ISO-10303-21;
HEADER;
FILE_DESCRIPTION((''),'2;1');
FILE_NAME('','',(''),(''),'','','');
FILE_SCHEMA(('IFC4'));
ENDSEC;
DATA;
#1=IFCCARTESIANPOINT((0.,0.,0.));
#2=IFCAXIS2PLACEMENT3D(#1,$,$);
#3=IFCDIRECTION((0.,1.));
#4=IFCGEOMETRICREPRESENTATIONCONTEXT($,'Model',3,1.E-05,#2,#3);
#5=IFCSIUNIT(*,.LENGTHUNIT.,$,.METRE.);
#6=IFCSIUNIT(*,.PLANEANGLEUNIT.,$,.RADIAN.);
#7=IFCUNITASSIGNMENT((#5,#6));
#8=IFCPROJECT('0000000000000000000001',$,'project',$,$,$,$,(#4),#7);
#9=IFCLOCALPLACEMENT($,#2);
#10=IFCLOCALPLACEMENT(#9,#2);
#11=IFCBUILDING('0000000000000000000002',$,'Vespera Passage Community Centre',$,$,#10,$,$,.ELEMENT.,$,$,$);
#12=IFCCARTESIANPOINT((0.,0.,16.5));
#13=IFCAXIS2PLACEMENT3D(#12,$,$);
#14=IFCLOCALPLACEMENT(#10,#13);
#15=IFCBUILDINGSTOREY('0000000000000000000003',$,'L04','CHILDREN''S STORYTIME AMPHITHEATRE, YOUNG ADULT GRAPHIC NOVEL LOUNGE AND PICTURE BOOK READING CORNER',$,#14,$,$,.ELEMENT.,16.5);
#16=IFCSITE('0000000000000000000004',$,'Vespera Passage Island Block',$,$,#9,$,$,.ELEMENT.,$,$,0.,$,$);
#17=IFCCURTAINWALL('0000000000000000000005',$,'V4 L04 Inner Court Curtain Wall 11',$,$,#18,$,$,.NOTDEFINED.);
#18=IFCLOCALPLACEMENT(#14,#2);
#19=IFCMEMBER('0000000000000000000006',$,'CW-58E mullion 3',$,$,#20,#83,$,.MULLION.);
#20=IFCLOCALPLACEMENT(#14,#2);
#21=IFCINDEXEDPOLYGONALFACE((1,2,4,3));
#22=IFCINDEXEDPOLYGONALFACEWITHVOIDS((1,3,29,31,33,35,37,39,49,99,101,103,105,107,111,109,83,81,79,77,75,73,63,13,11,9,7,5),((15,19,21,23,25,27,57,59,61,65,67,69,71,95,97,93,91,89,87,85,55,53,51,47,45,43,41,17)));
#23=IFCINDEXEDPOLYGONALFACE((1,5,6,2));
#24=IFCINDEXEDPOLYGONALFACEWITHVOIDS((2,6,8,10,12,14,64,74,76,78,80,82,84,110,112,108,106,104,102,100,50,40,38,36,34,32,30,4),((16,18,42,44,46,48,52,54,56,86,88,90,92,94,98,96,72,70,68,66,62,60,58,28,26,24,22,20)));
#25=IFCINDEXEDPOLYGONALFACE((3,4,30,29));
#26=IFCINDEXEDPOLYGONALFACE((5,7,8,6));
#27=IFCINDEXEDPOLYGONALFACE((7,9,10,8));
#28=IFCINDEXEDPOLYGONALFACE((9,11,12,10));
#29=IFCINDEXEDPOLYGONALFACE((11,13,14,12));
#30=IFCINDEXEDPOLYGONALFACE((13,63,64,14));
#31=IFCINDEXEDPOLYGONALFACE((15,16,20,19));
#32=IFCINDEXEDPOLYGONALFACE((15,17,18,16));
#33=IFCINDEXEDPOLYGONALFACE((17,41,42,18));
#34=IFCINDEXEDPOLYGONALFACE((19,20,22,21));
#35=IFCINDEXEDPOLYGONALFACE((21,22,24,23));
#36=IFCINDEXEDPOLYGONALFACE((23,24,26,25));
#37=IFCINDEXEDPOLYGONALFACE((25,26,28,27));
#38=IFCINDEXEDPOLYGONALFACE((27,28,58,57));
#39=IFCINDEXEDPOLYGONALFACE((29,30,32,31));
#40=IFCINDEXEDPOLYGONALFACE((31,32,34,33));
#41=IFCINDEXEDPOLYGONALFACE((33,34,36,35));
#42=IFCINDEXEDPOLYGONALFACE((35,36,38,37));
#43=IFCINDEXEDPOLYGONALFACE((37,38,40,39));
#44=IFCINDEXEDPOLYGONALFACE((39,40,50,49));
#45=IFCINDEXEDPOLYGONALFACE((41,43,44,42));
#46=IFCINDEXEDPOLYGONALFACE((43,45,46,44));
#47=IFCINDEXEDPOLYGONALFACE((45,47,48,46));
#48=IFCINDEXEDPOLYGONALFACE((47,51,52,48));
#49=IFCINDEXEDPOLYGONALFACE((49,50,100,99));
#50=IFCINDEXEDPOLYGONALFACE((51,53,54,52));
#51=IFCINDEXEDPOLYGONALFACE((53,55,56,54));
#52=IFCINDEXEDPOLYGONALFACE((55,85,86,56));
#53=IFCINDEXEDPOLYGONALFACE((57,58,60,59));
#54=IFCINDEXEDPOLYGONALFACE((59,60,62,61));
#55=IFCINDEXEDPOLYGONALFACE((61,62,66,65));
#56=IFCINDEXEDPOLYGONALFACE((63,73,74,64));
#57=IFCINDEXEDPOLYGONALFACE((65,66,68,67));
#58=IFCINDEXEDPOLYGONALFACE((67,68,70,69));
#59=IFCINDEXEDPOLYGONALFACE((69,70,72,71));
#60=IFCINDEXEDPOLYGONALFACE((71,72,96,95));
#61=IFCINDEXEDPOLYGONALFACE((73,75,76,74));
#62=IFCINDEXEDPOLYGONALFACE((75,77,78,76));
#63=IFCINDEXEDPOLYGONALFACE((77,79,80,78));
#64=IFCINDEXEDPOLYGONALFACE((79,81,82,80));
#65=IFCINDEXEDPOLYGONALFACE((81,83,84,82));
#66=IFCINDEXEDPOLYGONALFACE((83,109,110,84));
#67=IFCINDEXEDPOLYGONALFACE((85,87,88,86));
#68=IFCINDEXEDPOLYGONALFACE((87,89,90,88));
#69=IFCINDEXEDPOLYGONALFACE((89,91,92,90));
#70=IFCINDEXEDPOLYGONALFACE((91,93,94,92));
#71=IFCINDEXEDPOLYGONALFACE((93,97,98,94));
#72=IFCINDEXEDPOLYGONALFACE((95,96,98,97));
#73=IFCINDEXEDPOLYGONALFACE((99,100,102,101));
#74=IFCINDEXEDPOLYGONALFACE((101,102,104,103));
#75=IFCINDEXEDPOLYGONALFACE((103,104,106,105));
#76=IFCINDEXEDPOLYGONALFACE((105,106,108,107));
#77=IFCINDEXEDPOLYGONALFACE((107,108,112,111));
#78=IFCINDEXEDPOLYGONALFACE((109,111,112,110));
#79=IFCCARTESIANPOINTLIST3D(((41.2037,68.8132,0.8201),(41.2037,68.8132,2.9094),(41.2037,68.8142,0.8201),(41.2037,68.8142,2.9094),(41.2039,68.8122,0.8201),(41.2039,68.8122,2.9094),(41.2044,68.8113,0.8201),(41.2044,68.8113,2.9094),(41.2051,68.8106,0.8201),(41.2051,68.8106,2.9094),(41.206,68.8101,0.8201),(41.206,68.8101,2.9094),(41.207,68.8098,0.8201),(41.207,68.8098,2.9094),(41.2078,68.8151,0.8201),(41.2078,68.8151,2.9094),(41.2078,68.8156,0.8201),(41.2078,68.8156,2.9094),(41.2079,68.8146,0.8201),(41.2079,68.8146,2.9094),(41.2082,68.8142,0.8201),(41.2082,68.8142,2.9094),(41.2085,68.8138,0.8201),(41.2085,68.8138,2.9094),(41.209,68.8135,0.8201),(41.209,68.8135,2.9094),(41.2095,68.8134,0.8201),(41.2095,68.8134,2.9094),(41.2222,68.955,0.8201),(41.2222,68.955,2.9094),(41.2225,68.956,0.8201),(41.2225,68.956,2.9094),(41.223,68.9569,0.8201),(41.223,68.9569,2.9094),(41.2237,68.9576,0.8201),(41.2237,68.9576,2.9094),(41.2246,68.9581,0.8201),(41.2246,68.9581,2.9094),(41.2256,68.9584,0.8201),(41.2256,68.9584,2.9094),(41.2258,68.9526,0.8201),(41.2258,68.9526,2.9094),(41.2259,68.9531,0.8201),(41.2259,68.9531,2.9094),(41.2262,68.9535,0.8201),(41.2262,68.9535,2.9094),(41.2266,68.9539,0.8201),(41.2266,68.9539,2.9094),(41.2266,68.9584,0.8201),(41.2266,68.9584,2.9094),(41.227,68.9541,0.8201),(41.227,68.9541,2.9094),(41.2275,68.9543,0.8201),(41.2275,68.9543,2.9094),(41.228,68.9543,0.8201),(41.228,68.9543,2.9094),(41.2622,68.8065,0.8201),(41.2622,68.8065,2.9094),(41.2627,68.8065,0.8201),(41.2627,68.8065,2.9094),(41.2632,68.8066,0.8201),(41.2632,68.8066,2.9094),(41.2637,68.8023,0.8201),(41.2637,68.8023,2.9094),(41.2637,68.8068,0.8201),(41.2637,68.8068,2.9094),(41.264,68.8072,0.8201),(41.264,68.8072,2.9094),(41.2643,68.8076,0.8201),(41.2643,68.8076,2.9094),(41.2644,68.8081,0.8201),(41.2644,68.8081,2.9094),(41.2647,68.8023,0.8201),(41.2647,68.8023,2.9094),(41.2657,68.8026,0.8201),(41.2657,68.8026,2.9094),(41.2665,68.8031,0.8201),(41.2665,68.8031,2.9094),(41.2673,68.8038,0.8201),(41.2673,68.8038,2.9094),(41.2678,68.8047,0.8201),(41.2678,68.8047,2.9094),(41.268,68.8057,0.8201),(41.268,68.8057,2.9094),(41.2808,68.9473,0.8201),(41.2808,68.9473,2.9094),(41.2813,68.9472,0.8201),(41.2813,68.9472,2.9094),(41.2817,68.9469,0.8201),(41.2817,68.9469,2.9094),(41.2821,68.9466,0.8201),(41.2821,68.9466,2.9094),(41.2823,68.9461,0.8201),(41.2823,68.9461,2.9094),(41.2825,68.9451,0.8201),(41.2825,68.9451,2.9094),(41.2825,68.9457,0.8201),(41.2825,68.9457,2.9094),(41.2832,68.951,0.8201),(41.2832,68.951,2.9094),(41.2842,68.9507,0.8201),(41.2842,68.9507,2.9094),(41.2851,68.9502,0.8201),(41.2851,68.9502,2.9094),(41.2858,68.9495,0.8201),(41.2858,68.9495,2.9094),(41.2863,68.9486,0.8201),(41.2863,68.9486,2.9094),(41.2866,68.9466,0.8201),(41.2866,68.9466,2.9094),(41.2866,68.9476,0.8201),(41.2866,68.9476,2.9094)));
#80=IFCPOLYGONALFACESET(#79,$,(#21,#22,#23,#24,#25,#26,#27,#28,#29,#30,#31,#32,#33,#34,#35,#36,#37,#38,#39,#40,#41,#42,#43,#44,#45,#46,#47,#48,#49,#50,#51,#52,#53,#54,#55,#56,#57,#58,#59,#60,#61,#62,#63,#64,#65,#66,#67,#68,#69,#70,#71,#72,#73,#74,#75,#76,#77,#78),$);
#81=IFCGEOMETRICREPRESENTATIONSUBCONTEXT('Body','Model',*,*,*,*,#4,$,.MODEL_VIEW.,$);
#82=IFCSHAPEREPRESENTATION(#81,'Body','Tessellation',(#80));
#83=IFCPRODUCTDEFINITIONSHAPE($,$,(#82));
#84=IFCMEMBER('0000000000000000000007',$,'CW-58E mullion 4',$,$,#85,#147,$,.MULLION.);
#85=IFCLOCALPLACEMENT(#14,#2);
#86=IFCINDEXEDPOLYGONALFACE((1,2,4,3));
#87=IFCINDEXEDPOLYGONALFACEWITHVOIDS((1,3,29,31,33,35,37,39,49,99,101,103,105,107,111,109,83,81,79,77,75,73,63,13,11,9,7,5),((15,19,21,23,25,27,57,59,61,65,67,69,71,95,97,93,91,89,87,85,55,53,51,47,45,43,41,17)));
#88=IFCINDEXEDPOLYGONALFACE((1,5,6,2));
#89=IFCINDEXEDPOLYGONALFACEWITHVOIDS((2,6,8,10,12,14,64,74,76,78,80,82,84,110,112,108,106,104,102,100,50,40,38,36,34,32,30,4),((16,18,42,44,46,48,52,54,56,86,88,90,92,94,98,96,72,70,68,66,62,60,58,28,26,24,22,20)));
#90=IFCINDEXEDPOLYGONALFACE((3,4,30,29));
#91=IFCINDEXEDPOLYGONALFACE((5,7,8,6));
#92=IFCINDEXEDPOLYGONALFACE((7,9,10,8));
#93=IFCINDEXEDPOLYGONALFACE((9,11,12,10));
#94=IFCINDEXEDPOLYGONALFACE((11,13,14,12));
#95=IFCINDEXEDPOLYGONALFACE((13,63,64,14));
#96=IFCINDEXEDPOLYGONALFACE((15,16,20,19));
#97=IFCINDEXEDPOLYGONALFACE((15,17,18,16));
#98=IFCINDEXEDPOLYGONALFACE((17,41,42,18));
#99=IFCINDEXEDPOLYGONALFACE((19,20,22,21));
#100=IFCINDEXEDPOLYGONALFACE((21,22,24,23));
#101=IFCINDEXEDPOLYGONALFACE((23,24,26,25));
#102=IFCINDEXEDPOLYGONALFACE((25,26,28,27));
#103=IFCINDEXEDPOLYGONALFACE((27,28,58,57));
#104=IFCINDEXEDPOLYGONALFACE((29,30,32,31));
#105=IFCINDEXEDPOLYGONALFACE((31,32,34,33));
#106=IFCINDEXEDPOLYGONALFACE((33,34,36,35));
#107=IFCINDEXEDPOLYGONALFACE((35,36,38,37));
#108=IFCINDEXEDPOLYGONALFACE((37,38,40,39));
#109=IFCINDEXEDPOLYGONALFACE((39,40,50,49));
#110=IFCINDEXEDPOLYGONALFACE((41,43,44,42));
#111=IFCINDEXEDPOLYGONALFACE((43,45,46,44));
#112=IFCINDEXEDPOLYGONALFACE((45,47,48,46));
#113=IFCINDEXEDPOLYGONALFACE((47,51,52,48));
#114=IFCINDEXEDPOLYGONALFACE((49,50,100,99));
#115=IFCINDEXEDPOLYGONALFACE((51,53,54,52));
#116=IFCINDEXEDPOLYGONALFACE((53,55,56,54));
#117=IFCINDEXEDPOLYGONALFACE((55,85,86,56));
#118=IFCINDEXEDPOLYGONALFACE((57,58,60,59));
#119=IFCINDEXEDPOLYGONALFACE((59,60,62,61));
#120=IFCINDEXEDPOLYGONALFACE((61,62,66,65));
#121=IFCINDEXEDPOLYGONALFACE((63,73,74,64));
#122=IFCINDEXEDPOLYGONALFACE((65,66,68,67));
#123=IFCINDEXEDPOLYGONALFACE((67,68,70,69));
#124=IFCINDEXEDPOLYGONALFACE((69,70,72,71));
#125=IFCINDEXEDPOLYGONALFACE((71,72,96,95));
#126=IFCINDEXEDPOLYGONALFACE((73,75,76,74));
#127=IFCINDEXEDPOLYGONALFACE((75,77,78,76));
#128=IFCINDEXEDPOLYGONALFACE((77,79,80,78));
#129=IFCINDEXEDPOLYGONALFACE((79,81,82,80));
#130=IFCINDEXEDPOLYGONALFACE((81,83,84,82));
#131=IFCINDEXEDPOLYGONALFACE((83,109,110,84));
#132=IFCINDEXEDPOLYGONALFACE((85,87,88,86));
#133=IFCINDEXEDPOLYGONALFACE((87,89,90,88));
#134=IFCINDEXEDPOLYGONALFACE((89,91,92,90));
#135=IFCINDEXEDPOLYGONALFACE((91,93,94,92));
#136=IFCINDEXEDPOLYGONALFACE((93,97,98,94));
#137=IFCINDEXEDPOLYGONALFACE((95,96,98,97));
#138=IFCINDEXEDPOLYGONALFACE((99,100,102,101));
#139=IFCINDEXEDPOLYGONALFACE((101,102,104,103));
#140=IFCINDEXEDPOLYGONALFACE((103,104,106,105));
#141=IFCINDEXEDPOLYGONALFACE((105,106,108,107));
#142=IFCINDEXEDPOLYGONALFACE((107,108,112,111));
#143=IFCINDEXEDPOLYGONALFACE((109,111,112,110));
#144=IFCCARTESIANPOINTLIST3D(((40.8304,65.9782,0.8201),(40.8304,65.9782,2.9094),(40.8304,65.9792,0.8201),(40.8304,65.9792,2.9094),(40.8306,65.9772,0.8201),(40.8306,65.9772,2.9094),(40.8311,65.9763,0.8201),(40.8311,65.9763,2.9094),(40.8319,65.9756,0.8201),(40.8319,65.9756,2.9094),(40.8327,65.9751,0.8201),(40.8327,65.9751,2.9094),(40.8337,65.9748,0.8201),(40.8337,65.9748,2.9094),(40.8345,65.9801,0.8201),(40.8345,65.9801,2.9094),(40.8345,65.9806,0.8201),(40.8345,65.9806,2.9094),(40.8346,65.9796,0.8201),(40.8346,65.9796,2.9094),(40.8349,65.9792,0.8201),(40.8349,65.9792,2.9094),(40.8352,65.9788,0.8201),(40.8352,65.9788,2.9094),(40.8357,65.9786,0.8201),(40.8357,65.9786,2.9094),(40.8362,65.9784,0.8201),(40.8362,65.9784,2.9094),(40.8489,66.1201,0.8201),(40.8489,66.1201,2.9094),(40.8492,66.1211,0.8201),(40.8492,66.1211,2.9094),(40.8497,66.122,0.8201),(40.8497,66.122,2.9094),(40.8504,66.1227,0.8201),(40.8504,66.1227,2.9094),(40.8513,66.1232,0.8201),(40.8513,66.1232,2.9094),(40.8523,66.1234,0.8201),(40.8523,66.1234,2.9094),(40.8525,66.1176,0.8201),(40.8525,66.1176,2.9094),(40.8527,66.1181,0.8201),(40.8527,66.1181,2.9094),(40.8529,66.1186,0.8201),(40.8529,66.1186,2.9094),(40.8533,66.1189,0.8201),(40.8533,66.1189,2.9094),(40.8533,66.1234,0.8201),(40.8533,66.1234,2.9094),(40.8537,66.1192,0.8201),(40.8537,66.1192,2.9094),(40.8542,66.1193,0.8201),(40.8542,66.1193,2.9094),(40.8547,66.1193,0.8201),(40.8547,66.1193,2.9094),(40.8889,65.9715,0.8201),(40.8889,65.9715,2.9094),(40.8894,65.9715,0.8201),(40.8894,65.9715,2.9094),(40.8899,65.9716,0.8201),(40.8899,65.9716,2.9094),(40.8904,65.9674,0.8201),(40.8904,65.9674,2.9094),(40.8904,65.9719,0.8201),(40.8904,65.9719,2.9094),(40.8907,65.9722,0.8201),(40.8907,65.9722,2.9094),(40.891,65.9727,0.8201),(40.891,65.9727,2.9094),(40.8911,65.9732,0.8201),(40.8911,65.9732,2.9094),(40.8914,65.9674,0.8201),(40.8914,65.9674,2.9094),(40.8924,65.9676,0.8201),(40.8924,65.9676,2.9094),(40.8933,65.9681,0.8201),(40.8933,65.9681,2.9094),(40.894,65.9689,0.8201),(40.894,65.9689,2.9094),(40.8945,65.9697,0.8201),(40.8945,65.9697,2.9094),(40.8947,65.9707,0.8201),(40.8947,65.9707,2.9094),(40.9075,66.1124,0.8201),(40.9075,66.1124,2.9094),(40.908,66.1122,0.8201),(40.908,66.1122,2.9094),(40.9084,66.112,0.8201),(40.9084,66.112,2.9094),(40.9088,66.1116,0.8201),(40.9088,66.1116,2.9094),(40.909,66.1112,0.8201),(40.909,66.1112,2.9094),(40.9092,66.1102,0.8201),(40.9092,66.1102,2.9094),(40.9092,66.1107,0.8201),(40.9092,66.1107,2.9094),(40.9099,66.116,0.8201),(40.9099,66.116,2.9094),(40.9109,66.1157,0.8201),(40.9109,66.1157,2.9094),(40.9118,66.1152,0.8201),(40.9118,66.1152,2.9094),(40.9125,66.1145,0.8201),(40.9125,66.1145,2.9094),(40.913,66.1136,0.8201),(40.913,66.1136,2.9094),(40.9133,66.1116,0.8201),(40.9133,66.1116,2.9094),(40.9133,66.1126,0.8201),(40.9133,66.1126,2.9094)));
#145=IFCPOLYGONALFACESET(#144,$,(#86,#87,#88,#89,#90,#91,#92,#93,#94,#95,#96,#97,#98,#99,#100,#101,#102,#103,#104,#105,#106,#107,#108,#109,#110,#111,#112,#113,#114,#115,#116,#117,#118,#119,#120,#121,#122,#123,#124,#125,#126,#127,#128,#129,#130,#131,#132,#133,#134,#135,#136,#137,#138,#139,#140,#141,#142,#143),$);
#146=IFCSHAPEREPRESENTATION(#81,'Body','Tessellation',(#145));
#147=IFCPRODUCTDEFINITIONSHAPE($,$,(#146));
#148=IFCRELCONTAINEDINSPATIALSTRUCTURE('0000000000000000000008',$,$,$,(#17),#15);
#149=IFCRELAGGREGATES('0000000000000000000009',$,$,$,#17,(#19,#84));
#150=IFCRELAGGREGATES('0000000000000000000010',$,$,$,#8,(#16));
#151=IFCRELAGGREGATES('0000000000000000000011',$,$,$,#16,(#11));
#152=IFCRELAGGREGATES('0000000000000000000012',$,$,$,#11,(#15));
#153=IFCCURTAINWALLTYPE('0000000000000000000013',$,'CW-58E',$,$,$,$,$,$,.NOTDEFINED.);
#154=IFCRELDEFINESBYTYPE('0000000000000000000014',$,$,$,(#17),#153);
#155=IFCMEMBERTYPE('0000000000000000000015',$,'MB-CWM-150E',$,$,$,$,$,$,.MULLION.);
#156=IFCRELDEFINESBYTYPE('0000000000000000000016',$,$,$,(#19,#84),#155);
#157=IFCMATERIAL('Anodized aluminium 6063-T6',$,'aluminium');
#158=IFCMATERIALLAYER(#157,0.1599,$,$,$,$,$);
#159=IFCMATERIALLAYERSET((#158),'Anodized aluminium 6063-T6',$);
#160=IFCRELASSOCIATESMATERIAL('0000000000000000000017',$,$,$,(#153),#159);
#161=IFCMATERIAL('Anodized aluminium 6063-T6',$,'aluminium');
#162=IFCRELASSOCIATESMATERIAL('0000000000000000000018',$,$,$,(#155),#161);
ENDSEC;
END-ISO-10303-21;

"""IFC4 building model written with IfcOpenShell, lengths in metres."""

from ifc_helpers import new_model, si_unit, direction, frame, origin, origin_2d, place, context, subcontext, project, spatial, hollow_rectangle, extrude, material, layer, layer_set, material_profile, profile_set, type_object, element, aggregate, save


model = new_model("IFC4")

# Units and contexts
model_context = context("Model", 3, precision=1e-05, world=origin(), true_north=direction((0.0, 1.0)))
body_context = subcontext(model_context, "Body", "Model", "MODEL_VIEW")
ifc_project = project(units=[si_unit("LENGTHUNIT", "METRE"), si_unit("PLANEANGLEUNIT", "RADIAN")], contexts=[model_context])

# Site, building, storey
site_placement = place(None, origin())
site = spatial("IfcSite", under=ifc_project, at=site_placement, Name="Vespera Passage Island Block", CompositionType="ELEMENT", RefElevation=0.0)
building_placement = place(site_placement, origin())
building = spatial("IfcBuilding", under=site, at=building_placement, Name="Vespera Passage Community Centre", CompositionType="ELEMENT")
storey_placement = place(building_placement, frame((0.0, 0.0, 16.5)))
storey = spatial("IfcBuildingStorey", under=building, at=storey_placement, Name="L04", Description="CHILDREN'S STORYTIME AMPHITHEATRE, YOUNG ADULT GRAPHIC NOVEL LOUNGE AND PICTURE BOOK READING CORNER", CompositionType="ELEMENT", Elevation=16.5)

# Curtain wall, members
ifc_material_1 = material(Name="Anodized aluminium 6063-T6", Category="aluminium")
ifc_layer_1 = layer(ifc_material_1, 0.1599)
ifc_layer_set_1 = layer_set([ifc_layer_1], Name="Anodized aluminium 6063-T6")
curtain_wall_type = type_object("IfcCurtainWallType", Name="CW-58E", PredefinedType="NOTDEFINED", material=ifc_layer_set_1)
curtain_wall_placement = place(storey_placement, origin())
curtain_wall = element("IfcCurtainWall", 1, at=curtain_wall_placement, inside=storey, type_object=curtain_wall_type, Name="V4 L04 Inner Court Curtain Wall 11", PredefinedType="NOTDEFINED")
ifc_material_2 = material(Name="Anodized aluminium 6063-T6", Category="aluminium")
ifc_material_profile_1 = material_profile(ifc_material_2, hollow_rectangle(XDim=0.0649, YDim=0.1499, WallThickness=0.0039, InnerFilletRadius=0.002, OuterFilletRadius=0.0039, at=origin_2d()), Name="ALU150X65X4")
ifc_profile_set_1 = profile_set([ifc_material_profile_1], Name="Anodized aluminium 6063-T6")
member_type_1 = type_object("IfcMemberType", Name="MB-CWM-150E", PredefinedType="MULLION", material=ifc_profile_set_1)
member_1_placement = place(storey_placement, frame((41.2451, 68.8804, 0.8201), z_axis=(0.0, 0.0, 1.0), x_axis=(0.991445, -0.130522, 0.0)))
member_1 = element("IfcMember", 2, at=member_1_placement, type_object=member_type_1, Name="CW-58E mullion 3", PredefinedType="MULLION", context=body_context, shape_type="SweptSolid", body=[
    extrude(hollow_rectangle(XDim=0.0649, YDim=0.1499, WallThickness=0.0039, InnerFilletRadius=0.002, OuterFilletRadius=0.0039, at=origin_2d()), origin(), (0.0, 0.0, 1.0), 2.0894),
])
member_2_placement = place(storey_placement, frame((40.8718, 66.0454, 0.8201), z_axis=(0.0, 0.0, 1.0), x_axis=(0.991445, -0.130522, 0.0)))
member_2 = element("IfcMember", 3, at=member_2_placement, type_object=member_type_1, Name="CW-58E mullion 4", PredefinedType="MULLION", context=body_context, shape_type="SweptSolid", body=[
    extrude(hollow_rectangle(XDim=0.0649, YDim=0.1499, WallThickness=0.0039, InnerFilletRadius=0.002, OuterFilletRadius=0.0039, at=origin_2d()), origin(), (0.0, 0.0, 1.0), 2.0894),
])
aggregate(curtain_wall, [member_1, member_2])

save(model, "model.ifc")
